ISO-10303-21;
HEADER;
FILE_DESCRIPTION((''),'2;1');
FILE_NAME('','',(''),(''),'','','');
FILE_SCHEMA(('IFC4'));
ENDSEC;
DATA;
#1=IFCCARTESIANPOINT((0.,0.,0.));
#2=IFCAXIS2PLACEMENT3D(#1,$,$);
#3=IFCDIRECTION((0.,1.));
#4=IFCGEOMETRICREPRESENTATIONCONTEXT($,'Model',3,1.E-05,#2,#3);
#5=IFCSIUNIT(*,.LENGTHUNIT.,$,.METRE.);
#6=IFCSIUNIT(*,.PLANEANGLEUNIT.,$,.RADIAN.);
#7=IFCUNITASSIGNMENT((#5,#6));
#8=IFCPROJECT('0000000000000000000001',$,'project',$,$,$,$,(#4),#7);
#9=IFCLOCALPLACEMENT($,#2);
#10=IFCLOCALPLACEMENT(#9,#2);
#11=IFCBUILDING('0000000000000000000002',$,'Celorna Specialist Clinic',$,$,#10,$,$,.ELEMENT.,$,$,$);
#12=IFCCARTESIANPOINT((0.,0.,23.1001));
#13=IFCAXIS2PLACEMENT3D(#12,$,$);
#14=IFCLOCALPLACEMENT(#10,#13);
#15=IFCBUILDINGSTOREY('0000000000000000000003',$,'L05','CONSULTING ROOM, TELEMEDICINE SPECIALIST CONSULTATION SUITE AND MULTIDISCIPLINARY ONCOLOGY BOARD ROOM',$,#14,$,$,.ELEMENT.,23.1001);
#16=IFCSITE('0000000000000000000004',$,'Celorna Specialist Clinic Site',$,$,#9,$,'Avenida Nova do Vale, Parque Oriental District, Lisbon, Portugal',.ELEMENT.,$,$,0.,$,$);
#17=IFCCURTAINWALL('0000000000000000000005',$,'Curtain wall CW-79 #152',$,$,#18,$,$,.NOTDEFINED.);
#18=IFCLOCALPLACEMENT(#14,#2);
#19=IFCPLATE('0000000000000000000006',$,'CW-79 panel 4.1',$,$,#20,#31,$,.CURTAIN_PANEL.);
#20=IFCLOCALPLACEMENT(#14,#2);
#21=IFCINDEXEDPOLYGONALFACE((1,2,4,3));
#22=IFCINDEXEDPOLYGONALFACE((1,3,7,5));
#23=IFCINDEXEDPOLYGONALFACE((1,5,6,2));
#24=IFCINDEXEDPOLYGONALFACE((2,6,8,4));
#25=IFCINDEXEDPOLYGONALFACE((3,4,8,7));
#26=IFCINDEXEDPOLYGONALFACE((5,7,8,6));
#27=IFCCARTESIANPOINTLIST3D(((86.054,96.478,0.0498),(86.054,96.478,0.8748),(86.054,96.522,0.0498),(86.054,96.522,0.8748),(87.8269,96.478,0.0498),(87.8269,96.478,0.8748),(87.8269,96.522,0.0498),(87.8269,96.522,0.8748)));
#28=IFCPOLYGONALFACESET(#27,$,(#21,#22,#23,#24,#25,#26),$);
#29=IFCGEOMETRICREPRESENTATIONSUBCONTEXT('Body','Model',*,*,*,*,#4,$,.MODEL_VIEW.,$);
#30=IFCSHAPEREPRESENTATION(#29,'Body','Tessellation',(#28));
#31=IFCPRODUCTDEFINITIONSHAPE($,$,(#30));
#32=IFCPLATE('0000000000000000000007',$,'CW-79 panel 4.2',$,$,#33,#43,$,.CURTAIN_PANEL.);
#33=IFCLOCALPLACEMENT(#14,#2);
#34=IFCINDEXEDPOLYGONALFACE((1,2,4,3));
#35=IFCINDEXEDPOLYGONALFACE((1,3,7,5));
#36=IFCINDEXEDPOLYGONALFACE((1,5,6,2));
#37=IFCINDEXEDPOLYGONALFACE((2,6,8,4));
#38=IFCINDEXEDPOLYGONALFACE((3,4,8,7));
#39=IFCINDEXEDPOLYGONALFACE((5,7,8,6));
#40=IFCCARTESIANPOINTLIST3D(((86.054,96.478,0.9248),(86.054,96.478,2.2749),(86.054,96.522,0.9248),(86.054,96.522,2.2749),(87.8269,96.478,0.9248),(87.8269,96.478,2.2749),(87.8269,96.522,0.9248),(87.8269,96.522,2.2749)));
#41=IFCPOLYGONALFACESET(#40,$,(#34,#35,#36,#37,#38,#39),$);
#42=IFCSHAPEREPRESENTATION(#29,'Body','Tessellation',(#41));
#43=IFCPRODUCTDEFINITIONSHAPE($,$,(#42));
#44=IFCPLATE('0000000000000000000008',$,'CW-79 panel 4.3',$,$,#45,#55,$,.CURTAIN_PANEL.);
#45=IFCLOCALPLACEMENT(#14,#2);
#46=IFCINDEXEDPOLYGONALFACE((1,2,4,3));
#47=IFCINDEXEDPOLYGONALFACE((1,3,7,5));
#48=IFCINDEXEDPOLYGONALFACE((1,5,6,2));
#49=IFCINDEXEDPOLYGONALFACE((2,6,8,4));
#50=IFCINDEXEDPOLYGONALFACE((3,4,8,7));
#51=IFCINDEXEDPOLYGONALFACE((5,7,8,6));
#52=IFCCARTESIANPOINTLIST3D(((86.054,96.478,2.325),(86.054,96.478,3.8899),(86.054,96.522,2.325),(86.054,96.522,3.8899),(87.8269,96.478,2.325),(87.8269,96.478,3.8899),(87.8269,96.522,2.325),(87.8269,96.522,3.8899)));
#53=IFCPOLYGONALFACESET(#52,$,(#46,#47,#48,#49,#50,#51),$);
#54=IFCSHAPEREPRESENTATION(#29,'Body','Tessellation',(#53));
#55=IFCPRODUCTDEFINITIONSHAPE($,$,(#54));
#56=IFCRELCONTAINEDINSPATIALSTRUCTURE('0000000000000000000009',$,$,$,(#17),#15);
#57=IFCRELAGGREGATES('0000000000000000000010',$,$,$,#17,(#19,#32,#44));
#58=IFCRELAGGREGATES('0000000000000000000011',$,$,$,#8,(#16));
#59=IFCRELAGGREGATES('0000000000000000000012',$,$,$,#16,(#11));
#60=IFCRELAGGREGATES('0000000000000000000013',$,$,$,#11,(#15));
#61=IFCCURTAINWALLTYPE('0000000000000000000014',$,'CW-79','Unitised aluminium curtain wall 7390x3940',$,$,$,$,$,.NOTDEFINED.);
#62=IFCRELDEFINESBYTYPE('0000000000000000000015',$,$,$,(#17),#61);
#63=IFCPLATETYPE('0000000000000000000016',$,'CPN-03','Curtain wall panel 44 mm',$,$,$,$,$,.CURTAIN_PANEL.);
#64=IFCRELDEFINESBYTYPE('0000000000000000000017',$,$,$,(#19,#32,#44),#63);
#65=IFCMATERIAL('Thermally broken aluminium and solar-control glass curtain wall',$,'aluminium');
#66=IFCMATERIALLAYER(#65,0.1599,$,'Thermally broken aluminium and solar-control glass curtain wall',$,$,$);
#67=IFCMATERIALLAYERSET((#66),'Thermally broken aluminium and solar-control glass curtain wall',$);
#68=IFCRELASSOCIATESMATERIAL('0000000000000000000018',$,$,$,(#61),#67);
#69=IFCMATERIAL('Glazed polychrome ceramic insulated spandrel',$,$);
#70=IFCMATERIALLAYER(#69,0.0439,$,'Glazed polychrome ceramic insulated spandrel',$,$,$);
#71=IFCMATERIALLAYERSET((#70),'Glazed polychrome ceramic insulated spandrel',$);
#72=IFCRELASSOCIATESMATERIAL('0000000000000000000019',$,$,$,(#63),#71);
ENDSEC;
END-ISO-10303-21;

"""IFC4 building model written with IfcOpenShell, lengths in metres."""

from ifc_helpers import new_model, si_unit, direction, frame, origin, origin_2d, place, context, subcontext, project, spatial, rectangle, extrude, material, layer, layer_set, type_object, element, aggregate, save


model = new_model("IFC4")

# Units and contexts
model_context = context("Model", 3, precision=1e-05, world=origin(), true_north=direction((0.0, 1.0)))
body_context = subcontext(model_context, "Body", "Model", "MODEL_VIEW")
ifc_project = project(units=[si_unit("LENGTHUNIT", "METRE"), si_unit("PLANEANGLEUNIT", "RADIAN")], contexts=[model_context])

# Site, building, storey
site_placement = place(None, origin())
site = spatial("IfcSite", under=ifc_project, at=site_placement, Name="Celorna Specialist Clinic Site", LongName="Avenida Nova do Vale, Parque Oriental District, Lisbon, Portugal", CompositionType="ELEMENT", RefElevation=0.0)
building_placement = place(site_placement, origin())
building = spatial("IfcBuilding", under=site, at=building_placement, Name="Celorna Specialist Clinic", CompositionType="ELEMENT")
storey_placement = place(building_placement, frame((0.0, 0.0, 23.1001)))
storey = spatial("IfcBuildingStorey", under=building, at=storey_placement, Name="L05", Description="CONSULTING ROOM, TELEMEDICINE SPECIALIST CONSULTATION SUITE AND MULTIDISCIPLINARY ONCOLOGY BOARD ROOM", CompositionType="ELEMENT", Elevation=23.1001)

# Shared definitions
ifc_material_1 = material(Name="Thermally broken aluminium and solar-control glass curtain wall", Category="aluminium")

# Curtain wall
ifc_layer_1 = layer(ifc_material_1, 0.1599, Name="Thermally broken aluminium and solar-control glass curtain wall")
ifc_layer_set_1 = layer_set([ifc_layer_1], Name="Thermally broken aluminium and solar-control glass curtain wall")
curtain_wall_type_1 = type_object("IfcCurtainWallType", Name="CW-79", Description="Unitised aluminium curtain wall 7390x3940", PredefinedType="NOTDEFINED", material=ifc_layer_set_1)
curtain_wall_1_placement = place(storey_placement, origin())
curtain_wall_1 = element("IfcCurtainWall", 1, at=curtain_wall_1_placement, inside=storey, type_object=curtain_wall_type_1, Name="Curtain wall CW-79 #152", PredefinedType="NOTDEFINED")

# Plates
ifc_material_2 = material(Name="Glazed polychrome ceramic insulated spandrel")
ifc_layer_2 = layer(ifc_material_2, 0.0439, Name="Glazed polychrome ceramic insulated spandrel")
ifc_layer_set_2 = layer_set([ifc_layer_2], Name="Glazed polychrome ceramic insulated spandrel")
plate_type_1 = type_object("IfcPlateType", Name="CPN-03", Description="Curtain wall panel 44 mm", PredefinedType="CURTAIN_PANEL", material=ifc_layer_set_2)
plate_1_placement = place(storey_placement, frame((86.9404, 96.5, 0.0498), z_axis=(0.0, 0.0, 1.0), x_axis=(-1.0, 0.0, 0.0)))
plate_1 = element("IfcPlate", 2, at=plate_1_placement, type_object=plate_type_1, Name="CW-79 panel 4.1", PredefinedType="CURTAIN_PANEL", context=body_context, shape_type="SweptSolid", body=[
    extrude(rectangle(XDim=1.7729, YDim=0.0439, at=origin_2d()), origin(), (0.0, 0.0, 1.0), 0.825),
])
plate_2_placement = place(storey_placement, frame((86.9404, 96.5, 0.9248), z_axis=(0.0, 0.0, 1.0), x_axis=(-1.0, 0.0, 0.0)))
plate_2 = element("IfcPlate", 3, at=plate_2_placement, type_object=plate_type_1, Name="CW-79 panel 4.2", PredefinedType="CURTAIN_PANEL", context=body_context, shape_type="SweptSolid", body=[
    extrude(rectangle(XDim=1.7729, YDim=0.0439, at=origin_2d()), origin(), (0.0, 0.0, 1.0), 1.3501),
])
plate_3_placement = place(storey_placement, frame((86.9404, 96.5, 2.325), z_axis=(0.0, 0.0, 1.0), x_axis=(-1.0, 0.0, 0.0)))
plate_3 = element("IfcPlate", 4, at=plate_3_placement, type_object=plate_type_1, Name="CW-79 panel 4.3", PredefinedType="CURTAIN_PANEL", context=body_context, shape_type="SweptSolid", body=[
    extrude(rectangle(XDim=1.7729, YDim=0.0439, at=origin_2d()), origin(), (0.0, 0.0, 1.0), 1.5649),
])
aggregate(curtain_wall_1, [plate_1, plate_2, plate_3])

save(model, "model.ifc")
